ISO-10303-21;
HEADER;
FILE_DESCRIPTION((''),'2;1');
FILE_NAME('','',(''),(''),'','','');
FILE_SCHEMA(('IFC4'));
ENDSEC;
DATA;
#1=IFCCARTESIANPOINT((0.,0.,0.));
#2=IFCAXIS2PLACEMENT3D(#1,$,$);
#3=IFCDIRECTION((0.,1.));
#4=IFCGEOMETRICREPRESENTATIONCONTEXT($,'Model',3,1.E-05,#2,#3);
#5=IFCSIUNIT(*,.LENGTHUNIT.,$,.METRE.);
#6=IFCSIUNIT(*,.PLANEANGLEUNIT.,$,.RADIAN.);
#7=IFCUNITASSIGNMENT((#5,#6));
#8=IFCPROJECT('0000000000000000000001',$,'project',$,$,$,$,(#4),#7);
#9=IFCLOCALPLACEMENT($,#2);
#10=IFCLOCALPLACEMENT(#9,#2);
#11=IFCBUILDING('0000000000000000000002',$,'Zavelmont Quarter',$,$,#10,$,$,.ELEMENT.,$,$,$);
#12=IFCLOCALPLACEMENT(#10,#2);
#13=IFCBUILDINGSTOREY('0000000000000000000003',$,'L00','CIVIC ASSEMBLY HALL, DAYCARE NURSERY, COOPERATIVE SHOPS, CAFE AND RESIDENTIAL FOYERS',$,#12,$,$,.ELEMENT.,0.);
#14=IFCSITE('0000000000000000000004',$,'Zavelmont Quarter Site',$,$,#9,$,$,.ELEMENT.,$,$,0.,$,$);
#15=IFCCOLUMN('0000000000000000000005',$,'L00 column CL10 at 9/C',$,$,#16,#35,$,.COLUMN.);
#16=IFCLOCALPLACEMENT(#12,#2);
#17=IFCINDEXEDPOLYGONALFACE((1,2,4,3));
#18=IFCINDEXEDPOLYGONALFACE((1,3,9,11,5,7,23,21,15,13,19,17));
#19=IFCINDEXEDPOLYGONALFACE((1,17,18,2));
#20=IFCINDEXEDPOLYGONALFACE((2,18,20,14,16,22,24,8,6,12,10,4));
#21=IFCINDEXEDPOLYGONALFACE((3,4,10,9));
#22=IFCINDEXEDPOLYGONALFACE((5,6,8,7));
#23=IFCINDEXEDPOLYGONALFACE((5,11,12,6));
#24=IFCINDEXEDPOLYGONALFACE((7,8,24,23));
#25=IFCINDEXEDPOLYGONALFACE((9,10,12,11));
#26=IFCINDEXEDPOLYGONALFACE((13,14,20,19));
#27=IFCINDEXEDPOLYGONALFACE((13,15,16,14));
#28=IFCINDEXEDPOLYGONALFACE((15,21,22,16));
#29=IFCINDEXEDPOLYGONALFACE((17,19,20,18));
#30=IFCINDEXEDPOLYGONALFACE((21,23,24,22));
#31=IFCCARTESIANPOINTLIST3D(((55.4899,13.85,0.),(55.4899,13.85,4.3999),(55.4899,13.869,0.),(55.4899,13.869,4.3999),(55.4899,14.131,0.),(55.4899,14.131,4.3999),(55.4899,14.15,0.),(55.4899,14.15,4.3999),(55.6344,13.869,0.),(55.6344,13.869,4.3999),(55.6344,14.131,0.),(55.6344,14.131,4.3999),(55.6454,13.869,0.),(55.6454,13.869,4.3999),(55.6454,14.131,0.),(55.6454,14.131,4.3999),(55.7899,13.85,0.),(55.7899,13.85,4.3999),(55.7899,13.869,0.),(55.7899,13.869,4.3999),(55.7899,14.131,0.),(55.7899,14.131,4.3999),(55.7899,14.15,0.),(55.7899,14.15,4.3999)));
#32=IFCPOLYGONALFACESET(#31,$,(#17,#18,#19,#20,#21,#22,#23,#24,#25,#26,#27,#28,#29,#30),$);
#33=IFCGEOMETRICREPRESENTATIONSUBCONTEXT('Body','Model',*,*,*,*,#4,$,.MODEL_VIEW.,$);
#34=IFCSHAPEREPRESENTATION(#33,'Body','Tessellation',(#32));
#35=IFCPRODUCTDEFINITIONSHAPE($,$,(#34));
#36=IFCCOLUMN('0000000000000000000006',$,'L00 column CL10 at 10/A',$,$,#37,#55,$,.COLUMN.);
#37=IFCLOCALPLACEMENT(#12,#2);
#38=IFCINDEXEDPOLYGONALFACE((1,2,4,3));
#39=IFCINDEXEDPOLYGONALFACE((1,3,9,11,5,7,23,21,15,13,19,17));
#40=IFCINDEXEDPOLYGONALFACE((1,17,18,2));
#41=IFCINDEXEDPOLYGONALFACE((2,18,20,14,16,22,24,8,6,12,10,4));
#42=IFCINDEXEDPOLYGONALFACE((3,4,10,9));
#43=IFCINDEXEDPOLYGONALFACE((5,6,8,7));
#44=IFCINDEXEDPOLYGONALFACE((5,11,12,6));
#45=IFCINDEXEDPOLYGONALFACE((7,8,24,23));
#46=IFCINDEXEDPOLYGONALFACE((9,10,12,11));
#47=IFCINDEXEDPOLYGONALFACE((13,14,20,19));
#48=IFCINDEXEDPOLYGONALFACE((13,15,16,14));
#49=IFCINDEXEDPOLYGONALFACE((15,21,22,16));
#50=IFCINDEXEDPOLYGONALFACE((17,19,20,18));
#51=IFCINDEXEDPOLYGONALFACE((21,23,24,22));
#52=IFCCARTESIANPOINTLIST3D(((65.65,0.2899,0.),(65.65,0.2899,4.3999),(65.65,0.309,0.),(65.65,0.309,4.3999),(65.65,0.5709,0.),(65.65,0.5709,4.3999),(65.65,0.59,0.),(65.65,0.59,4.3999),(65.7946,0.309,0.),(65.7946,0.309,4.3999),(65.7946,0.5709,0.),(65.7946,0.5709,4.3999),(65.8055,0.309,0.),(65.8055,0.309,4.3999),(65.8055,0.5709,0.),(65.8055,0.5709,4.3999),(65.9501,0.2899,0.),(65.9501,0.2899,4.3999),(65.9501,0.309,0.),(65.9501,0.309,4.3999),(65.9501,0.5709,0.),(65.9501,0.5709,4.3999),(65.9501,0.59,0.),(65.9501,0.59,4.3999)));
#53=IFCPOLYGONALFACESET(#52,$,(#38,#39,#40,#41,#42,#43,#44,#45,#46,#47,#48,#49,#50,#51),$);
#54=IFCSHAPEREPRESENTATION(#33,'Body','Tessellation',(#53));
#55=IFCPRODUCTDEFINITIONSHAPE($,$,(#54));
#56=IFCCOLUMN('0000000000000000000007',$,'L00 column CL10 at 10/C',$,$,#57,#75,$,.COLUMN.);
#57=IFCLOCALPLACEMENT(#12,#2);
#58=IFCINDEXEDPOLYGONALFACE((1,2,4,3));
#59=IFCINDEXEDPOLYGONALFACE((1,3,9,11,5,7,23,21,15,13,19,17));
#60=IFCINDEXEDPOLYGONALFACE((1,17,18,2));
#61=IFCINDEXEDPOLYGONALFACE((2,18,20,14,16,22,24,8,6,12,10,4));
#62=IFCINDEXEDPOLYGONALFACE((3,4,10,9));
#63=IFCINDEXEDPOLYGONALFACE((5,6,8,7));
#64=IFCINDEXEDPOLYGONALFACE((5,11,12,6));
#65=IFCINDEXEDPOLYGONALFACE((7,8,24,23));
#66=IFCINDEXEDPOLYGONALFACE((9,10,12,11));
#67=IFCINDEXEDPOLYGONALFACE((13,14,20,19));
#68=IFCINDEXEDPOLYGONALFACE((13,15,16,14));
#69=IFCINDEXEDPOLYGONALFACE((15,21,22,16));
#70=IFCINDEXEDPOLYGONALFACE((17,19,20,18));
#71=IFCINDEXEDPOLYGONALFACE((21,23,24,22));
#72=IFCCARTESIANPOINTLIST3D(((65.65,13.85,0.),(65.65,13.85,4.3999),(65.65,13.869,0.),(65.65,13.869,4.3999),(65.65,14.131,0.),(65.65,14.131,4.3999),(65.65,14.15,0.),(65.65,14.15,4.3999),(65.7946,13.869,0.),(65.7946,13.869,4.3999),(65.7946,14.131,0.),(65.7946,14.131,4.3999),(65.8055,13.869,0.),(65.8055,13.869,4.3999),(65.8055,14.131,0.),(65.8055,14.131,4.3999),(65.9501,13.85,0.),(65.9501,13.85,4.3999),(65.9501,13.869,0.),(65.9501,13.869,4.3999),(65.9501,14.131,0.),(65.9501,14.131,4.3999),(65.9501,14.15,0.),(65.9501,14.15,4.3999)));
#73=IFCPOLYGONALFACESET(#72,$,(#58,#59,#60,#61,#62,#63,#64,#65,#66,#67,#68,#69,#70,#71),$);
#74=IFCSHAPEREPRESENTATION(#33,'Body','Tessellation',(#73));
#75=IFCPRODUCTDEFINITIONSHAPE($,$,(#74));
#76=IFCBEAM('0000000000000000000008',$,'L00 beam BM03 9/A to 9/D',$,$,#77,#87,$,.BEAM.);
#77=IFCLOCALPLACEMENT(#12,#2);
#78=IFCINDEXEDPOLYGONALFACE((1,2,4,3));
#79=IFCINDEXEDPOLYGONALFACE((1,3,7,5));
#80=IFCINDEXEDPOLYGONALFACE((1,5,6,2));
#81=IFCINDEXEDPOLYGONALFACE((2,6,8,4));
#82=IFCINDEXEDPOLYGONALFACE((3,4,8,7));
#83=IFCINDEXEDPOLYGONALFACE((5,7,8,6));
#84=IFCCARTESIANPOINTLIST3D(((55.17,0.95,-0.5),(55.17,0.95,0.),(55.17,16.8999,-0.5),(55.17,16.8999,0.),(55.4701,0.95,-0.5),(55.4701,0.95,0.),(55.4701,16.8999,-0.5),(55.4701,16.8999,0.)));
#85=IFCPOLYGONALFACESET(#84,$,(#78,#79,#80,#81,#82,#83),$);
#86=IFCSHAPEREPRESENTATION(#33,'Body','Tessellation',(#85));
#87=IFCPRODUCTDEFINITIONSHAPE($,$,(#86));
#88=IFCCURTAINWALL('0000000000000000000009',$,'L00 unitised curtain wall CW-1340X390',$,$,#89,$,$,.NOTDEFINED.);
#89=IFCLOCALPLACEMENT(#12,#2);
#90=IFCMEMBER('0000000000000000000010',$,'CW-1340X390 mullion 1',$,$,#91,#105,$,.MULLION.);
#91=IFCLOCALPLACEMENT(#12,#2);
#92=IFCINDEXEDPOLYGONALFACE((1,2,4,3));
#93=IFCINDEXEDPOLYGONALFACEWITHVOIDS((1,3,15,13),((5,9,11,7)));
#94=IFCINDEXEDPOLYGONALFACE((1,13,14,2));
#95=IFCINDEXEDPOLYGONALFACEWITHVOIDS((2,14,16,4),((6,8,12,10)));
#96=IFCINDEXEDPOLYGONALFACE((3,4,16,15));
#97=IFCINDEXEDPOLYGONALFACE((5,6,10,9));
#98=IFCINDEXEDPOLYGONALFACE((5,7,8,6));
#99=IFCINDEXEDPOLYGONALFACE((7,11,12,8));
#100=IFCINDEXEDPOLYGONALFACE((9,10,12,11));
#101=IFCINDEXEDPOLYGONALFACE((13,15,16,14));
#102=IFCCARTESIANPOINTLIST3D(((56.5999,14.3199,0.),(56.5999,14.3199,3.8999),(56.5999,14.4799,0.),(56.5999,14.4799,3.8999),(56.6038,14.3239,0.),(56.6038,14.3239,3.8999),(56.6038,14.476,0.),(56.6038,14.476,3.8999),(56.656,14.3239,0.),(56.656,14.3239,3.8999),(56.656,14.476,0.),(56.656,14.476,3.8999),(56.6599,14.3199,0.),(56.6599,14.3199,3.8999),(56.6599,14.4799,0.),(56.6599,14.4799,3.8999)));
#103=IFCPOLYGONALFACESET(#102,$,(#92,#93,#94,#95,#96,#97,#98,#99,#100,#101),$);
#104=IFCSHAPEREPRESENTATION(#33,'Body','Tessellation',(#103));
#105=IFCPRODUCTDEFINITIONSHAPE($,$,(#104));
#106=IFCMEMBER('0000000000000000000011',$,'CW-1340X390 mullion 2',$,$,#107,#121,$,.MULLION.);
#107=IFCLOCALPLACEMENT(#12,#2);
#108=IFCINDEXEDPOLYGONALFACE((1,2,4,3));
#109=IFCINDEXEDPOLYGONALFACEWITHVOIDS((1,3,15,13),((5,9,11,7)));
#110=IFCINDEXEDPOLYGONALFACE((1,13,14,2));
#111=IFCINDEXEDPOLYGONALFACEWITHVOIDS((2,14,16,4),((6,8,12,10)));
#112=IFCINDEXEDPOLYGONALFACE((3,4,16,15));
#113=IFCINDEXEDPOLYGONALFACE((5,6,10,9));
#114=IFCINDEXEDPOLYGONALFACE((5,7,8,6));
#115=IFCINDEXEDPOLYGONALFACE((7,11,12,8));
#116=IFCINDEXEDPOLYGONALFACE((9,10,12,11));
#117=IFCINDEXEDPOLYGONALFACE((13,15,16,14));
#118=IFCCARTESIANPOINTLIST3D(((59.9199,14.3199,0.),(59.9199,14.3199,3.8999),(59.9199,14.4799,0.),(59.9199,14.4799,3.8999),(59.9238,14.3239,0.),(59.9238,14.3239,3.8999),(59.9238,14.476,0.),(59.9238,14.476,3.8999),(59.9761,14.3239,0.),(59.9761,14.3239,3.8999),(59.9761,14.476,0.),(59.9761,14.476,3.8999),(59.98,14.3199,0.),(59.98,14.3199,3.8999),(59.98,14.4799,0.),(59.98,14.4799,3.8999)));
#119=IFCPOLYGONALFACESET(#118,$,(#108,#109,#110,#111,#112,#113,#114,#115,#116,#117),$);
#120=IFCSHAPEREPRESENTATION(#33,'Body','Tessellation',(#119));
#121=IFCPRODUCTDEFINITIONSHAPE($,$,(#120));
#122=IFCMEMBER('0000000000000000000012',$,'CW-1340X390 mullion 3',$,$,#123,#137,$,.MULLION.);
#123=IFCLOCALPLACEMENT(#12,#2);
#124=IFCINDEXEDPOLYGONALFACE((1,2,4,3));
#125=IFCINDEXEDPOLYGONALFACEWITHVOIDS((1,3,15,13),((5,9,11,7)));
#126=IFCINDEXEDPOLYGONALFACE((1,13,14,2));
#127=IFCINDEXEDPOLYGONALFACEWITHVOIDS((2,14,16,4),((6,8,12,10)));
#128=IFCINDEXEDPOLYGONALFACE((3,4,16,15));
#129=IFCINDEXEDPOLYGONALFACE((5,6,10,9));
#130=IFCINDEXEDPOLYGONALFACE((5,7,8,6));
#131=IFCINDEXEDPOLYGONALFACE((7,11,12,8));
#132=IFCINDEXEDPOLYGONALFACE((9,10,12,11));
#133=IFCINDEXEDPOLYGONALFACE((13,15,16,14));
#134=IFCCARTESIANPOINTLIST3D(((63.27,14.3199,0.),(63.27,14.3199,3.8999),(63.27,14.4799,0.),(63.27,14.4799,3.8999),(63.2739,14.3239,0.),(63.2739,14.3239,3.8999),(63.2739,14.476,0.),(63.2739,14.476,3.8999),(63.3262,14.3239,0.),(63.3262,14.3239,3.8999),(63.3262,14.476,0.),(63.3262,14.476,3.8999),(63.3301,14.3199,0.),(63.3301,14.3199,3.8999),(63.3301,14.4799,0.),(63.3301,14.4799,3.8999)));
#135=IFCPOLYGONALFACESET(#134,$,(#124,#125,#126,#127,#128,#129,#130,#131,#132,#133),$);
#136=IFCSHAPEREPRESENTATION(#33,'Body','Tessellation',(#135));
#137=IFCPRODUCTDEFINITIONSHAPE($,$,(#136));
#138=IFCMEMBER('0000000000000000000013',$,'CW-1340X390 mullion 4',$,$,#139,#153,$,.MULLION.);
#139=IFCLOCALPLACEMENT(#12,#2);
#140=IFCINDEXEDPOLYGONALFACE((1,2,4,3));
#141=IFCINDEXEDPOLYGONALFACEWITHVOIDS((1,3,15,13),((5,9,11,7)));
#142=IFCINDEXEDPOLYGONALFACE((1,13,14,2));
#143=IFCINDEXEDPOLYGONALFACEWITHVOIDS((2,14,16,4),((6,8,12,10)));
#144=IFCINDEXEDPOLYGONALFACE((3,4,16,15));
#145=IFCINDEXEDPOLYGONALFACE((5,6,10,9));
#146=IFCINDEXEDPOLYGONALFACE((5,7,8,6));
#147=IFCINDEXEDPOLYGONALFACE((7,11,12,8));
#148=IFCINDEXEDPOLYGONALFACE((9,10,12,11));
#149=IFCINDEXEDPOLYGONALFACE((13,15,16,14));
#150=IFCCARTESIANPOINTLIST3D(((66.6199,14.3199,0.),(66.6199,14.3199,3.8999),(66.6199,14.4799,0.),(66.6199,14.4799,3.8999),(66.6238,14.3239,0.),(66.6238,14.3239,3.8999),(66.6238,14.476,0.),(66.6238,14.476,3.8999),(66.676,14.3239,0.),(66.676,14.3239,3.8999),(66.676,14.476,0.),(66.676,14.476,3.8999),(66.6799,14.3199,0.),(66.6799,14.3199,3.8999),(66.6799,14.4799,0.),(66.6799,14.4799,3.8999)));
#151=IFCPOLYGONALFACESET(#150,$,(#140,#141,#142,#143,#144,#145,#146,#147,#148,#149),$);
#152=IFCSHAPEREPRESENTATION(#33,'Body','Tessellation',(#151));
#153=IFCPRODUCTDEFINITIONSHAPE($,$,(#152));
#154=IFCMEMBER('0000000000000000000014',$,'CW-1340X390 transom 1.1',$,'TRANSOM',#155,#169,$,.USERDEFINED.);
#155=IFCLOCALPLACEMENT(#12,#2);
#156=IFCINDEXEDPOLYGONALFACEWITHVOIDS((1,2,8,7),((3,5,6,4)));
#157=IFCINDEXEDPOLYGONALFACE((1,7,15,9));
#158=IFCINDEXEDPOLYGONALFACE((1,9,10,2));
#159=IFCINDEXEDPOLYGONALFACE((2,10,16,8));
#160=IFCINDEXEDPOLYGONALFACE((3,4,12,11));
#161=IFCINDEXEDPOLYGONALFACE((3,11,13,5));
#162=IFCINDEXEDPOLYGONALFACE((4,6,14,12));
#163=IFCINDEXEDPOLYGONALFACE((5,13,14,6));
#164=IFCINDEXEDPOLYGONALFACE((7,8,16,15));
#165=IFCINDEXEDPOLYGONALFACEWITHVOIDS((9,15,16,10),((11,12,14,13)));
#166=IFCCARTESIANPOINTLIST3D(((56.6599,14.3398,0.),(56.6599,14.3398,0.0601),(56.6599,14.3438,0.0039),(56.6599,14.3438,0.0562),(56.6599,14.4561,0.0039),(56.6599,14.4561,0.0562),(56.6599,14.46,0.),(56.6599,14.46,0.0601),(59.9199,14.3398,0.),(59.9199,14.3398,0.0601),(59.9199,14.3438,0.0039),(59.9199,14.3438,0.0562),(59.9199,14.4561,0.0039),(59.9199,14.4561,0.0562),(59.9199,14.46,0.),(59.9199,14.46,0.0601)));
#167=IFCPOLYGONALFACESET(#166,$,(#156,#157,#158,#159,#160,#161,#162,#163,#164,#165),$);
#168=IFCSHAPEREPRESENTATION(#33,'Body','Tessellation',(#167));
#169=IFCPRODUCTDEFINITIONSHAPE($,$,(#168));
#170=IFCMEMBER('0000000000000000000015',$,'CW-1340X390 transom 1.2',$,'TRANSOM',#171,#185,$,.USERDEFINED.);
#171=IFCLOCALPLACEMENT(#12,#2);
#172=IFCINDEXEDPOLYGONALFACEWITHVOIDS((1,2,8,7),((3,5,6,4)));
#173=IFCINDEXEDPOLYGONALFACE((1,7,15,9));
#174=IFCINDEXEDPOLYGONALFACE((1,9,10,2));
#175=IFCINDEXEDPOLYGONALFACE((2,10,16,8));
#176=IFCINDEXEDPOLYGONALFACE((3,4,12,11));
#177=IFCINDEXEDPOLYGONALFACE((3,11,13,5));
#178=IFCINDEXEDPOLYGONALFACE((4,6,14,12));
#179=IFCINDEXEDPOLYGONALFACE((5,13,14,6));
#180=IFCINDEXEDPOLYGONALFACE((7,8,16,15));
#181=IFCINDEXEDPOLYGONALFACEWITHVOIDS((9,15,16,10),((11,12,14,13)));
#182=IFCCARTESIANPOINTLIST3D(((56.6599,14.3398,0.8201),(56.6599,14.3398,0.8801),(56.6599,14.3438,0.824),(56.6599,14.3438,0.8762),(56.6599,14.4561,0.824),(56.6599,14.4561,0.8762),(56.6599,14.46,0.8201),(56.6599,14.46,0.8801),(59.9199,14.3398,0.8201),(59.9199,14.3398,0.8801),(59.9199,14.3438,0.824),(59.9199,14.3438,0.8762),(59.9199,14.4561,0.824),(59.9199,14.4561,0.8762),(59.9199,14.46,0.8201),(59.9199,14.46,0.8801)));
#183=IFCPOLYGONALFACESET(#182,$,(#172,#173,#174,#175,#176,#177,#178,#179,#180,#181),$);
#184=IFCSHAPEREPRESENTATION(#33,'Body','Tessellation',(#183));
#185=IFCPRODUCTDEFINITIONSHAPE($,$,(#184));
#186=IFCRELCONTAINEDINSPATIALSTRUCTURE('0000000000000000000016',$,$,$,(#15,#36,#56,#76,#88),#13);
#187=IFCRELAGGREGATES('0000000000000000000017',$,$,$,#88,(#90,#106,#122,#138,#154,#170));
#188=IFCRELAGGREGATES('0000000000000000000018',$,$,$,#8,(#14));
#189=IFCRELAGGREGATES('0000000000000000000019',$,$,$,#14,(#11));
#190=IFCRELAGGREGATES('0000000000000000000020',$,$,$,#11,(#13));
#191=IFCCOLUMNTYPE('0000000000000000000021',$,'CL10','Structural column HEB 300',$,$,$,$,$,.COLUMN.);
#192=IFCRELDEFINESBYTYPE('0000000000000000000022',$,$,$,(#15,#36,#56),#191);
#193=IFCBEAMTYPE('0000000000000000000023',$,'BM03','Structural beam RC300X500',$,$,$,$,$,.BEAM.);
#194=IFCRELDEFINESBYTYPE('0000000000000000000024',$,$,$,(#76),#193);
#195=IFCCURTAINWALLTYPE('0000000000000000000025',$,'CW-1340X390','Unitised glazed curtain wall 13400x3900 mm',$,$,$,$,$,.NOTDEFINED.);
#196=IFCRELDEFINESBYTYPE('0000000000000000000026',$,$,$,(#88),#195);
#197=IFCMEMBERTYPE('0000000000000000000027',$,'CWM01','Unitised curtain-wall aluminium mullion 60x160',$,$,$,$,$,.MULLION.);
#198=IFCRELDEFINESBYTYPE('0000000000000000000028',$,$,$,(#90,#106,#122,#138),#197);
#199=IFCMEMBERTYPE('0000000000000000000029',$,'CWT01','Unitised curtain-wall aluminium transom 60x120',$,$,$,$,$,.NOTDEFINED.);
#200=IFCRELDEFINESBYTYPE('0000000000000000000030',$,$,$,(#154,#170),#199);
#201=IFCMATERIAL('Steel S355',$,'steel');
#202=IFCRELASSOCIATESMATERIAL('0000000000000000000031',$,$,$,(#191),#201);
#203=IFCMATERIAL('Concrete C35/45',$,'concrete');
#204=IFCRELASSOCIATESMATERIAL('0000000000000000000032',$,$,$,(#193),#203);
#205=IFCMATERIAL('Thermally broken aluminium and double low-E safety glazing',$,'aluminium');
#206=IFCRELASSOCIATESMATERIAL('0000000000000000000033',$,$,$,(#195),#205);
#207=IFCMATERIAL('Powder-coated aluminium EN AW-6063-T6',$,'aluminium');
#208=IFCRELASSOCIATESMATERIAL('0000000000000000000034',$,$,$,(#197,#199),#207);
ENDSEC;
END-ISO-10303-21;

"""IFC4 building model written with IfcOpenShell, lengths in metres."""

from ifc_helpers import new_model, si_unit, direction, frame, origin, origin_2d, place, context, subcontext, project, spatial, rectangle, hollow_rectangle, i_section, extrude, material, material_profile, profile_set, type_object, element, aggregate, save


model = new_model("IFC4")

# Units and contexts
model_context = context("Model", 3, precision=1e-05, world=origin(), true_north=direction((0.0, 1.0)))
body_context = subcontext(model_context, "Body", "Model", "MODEL_VIEW")
ifc_project = project(units=[si_unit("LENGTHUNIT", "METRE"), si_unit("PLANEANGLEUNIT", "RADIAN")], contexts=[model_context])

# Site, building, storey
site_placement = place(None, origin())
site = spatial("IfcSite", under=ifc_project, at=site_placement, Name="Zavelmont Quarter Site", CompositionType="ELEMENT", RefElevation=0.0)
building_placement = place(site_placement, origin())
building = spatial("IfcBuilding", under=site, at=building_placement, Name="Zavelmont Quarter", CompositionType="ELEMENT")
storey_placement = place(building_placement, origin())
storey = spatial("IfcBuildingStorey", under=building, at=storey_placement, Name="L00", Description="CIVIC ASSEMBLY HALL, DAYCARE NURSERY, COOPERATIVE SHOPS, CAFE AND RESIDENTIAL FOYERS", CompositionType="ELEMENT", Elevation=0.0)

# Columns
ifc_material_1 = material(Name="Steel S355", Category="steel")
ifc_material_profile_1 = material_profile(ifc_material_1, i_section(OverallWidth=0.3, OverallDepth=0.3, WebThickness=0.011, FlangeThickness=0.019, at=origin_2d()), Name="HEB 300")
ifc_profile_set_1 = profile_set([ifc_material_profile_1], Name="Steel S355")
column_type = type_object("IfcColumnType", Name="CL10", Description="Structural column HEB 300", PredefinedType="COLUMN", material=ifc_profile_set_1)
for number, where, z_axis, x_axis, name in (
    (1, (55.6399, 14.0, 0.0), (0.0, 0.0, 1.0), (1.0, 0.0, 0.0), "L00 column CL10 at 9/C"),
    (2, (65.8, 0.4399, 0.0), (0.0, 0.0, 1.0), (1.0, 0.0, 0.0), "L00 column CL10 at 10/A"),
    (3, (65.8, 14.0, 0.0), (0.0, 0.0, 1.0), (1.0, 0.0, 0.0), "L00 column CL10 at 10/C"),
):
    element("IfcColumn", number, at=place(storey_placement, frame(where, z_axis=z_axis, x_axis=x_axis)), inside=storey, type_object=column_type, Name=name, PredefinedType="COLUMN", context=body_context, shape_type="SweptSolid", body=[
        extrude(i_section(OverallWidth=0.3, OverallDepth=0.3, WebThickness=0.011, FlangeThickness=0.019, at=origin_2d()), origin(), (0.0, 0.0, 1.0), 4.3999),
    ])

# Beam
ifc_material_2 = material(Name="Concrete C35/45", Category="concrete")
ifc_material_profile_2 = material_profile(ifc_material_2, rectangle(XDim=0.3, YDim=0.5, at=origin_2d()), Name="RC300X500")
ifc_profile_set_2 = profile_set([ifc_material_profile_2], Name="Concrete C35/45")
beam_type = type_object("IfcBeamType", Name="BM03", Description="Structural beam RC300X500", PredefinedType="BEAM", material=ifc_profile_set_2)
beam_placement = place(storey_placement, frame((55.3201, 0.95, -0.25), z_axis=(0.0, 1.0, 0.0), x_axis=(-1.0, 0.0, 0.0)))
element("IfcBeam", 4, at=beam_placement, inside=storey, type_object=beam_type, Name="L00 beam BM03 9/A to 9/D", PredefinedType="BEAM", context=body_context, shape_type="SweptSolid", body=[
    extrude(rectangle(XDim=0.3, YDim=0.5, at=origin_2d()), origin(), (0.0, 0.0, 1.0), 15.95),
])

# Curtain wall, members
ifc_material_3 = material(Name="Thermally broken aluminium and double low-E safety glazing", Category="aluminium")
curtain_wall_type = type_object("IfcCurtainWallType", Name="CW-1340X390", Description="Unitised glazed curtain wall 13400x3900 mm", PredefinedType="NOTDEFINED", material=ifc_material_3)
curtain_wall_placement = place(storey_placement, origin())
curtain_wall = element("IfcCurtainWall", 5, at=curtain_wall_placement, inside=storey, type_object=curtain_wall_type, Name="L00 unitised curtain wall CW-1340X390", PredefinedType="NOTDEFINED")
ifc_material_4 = material(Name="Powder-coated aluminium EN AW-6063-T6", Category="aluminium")
ifc_material_profile_3 = material_profile(ifc_material_4, hollow_rectangle(XDim=0.0601, YDim=0.1599, WallThickness=0.0039, at=origin_2d()), Name="CWM60X160")
ifc_profile_set_3 = profile_set([ifc_material_profile_3], Name="Powder-coated aluminium EN AW-6063-T6")
member_type_1 = type_object("IfcMemberType", Name="CWM01", Description="Unitised curtain-wall aluminium mullion 60x160", PredefinedType="MULLION", material=ifc_profile_set_3)
member_1_placement = place(storey_placement, frame((56.6299, 14.3999, 0.0), z_axis=(0.0, 0.0, 1.0), x_axis=(1.0, 0.0, 0.0)))
member_1 = element("IfcMember", 6, at=member_1_placement, type_object=member_type_1, Name="CW-1340X390 mullion 1", PredefinedType="MULLION", context=body_context, shape_type="SweptSolid", body=[
    extrude(hollow_rectangle(XDim=0.0601, YDim=0.1599, WallThickness=0.0039, at=origin_2d()), origin(), (0.0, 0.0, 1.0), 3.8999),
])
member_2_placement = place(storey_placement, frame((59.95, 14.3999, 0.0), z_axis=(0.0, 0.0, 1.0), x_axis=(1.0, 0.0, 0.0)))
member_2 = element("IfcMember", 7, at=member_2_placement, type_object=member_type_1, Name="CW-1340X390 mullion 2", PredefinedType="MULLION", context=body_context, shape_type="SweptSolid", body=[
    extrude(hollow_rectangle(XDim=0.0601, YDim=0.1599, WallThickness=0.0039, at=origin_2d()), origin(), (0.0, 0.0, 1.0), 3.8999),
])
member_3_placement = place(storey_placement, frame((63.3, 14.3999, 0.0), z_axis=(0.0, 0.0, 1.0), x_axis=(1.0, 0.0, 0.0)))
member_3 = element("IfcMember", 8, at=member_3_placement, type_object=member_type_1, Name="CW-1340X390 mullion 3", PredefinedType="MULLION", context=body_context, shape_type="SweptSolid", body=[
    extrude(hollow_rectangle(XDim=0.0601, YDim=0.1599, WallThickness=0.0039, at=origin_2d()), origin(), (0.0, 0.0, 1.0), 3.8999),
])
member_4_placement = place(storey_placement, frame((66.6499, 14.3999, 0.0), z_axis=(0.0, 0.0, 1.0), x_axis=(1.0, 0.0, 0.0)))
member_4 = element("IfcMember", 9, at=member_4_placement, type_object=member_type_1, Name="CW-1340X390 mullion 4", PredefinedType="MULLION", context=body_context, shape_type="SweptSolid", body=[
    extrude(hollow_rectangle(XDim=0.0601, YDim=0.1599, WallThickness=0.0039, at=origin_2d()), origin(), (0.0, 0.0, 1.0), 3.8999),
])
ifc_material_profile_4 = material_profile(ifc_material_4, hollow_rectangle(XDim=0.1201, YDim=0.0601, WallThickness=0.0039, at=origin_2d()), Name="CWT60X120")
ifc_profile_set_4 = profile_set([ifc_material_profile_4], Name="Powder-coated aluminium EN AW-6063-T6")
member_type_2 = type_object("IfcMemberType", Name="CWT01", Description="Unitised curtain-wall aluminium transom 60x120", PredefinedType="NOTDEFINED", material=ifc_profile_set_4)
member_5_placement = place(storey_placement, frame((56.6599, 14.3999, 0.03), z_axis=(1.0, 0.0, 0.0), x_axis=(0.0, 1.0, 0.0)))
member_5 = element("IfcMember", 10, at=member_5_placement, type_object=member_type_2, Name="CW-1340X390 transom 1.1", ObjectType="TRANSOM", PredefinedType="USERDEFINED", context=body_context, shape_type="SweptSolid", body=[
    extrude(hollow_rectangle(XDim=0.1201, YDim=0.0601, WallThickness=0.0039, at=origin_2d()), origin(), (0.0, 0.0, 1.0), 3.26),
])
member_6_placement = place(storey_placement, frame((56.6599, 14.3999, 0.8501), z_axis=(1.0, 0.0, 0.0), x_axis=(0.0, 1.0, 0.0)))
member_6 = element("IfcMember", 11, at=member_6_placement, type_object=member_type_2, Name="CW-1340X390 transom 1.2", ObjectType="TRANSOM", PredefinedType="USERDEFINED", context=body_context, shape_type="SweptSolid", body=[
    extrude(hollow_rectangle(XDim=0.1201, YDim=0.0601, WallThickness=0.0039, at=origin_2d()), origin(), (0.0, 0.0, 1.0), 3.26),
])

aggregate(curtain_wall, [member_1, member_2, member_3, member_4, member_5, member_6])

save(model, "model.ifc")
